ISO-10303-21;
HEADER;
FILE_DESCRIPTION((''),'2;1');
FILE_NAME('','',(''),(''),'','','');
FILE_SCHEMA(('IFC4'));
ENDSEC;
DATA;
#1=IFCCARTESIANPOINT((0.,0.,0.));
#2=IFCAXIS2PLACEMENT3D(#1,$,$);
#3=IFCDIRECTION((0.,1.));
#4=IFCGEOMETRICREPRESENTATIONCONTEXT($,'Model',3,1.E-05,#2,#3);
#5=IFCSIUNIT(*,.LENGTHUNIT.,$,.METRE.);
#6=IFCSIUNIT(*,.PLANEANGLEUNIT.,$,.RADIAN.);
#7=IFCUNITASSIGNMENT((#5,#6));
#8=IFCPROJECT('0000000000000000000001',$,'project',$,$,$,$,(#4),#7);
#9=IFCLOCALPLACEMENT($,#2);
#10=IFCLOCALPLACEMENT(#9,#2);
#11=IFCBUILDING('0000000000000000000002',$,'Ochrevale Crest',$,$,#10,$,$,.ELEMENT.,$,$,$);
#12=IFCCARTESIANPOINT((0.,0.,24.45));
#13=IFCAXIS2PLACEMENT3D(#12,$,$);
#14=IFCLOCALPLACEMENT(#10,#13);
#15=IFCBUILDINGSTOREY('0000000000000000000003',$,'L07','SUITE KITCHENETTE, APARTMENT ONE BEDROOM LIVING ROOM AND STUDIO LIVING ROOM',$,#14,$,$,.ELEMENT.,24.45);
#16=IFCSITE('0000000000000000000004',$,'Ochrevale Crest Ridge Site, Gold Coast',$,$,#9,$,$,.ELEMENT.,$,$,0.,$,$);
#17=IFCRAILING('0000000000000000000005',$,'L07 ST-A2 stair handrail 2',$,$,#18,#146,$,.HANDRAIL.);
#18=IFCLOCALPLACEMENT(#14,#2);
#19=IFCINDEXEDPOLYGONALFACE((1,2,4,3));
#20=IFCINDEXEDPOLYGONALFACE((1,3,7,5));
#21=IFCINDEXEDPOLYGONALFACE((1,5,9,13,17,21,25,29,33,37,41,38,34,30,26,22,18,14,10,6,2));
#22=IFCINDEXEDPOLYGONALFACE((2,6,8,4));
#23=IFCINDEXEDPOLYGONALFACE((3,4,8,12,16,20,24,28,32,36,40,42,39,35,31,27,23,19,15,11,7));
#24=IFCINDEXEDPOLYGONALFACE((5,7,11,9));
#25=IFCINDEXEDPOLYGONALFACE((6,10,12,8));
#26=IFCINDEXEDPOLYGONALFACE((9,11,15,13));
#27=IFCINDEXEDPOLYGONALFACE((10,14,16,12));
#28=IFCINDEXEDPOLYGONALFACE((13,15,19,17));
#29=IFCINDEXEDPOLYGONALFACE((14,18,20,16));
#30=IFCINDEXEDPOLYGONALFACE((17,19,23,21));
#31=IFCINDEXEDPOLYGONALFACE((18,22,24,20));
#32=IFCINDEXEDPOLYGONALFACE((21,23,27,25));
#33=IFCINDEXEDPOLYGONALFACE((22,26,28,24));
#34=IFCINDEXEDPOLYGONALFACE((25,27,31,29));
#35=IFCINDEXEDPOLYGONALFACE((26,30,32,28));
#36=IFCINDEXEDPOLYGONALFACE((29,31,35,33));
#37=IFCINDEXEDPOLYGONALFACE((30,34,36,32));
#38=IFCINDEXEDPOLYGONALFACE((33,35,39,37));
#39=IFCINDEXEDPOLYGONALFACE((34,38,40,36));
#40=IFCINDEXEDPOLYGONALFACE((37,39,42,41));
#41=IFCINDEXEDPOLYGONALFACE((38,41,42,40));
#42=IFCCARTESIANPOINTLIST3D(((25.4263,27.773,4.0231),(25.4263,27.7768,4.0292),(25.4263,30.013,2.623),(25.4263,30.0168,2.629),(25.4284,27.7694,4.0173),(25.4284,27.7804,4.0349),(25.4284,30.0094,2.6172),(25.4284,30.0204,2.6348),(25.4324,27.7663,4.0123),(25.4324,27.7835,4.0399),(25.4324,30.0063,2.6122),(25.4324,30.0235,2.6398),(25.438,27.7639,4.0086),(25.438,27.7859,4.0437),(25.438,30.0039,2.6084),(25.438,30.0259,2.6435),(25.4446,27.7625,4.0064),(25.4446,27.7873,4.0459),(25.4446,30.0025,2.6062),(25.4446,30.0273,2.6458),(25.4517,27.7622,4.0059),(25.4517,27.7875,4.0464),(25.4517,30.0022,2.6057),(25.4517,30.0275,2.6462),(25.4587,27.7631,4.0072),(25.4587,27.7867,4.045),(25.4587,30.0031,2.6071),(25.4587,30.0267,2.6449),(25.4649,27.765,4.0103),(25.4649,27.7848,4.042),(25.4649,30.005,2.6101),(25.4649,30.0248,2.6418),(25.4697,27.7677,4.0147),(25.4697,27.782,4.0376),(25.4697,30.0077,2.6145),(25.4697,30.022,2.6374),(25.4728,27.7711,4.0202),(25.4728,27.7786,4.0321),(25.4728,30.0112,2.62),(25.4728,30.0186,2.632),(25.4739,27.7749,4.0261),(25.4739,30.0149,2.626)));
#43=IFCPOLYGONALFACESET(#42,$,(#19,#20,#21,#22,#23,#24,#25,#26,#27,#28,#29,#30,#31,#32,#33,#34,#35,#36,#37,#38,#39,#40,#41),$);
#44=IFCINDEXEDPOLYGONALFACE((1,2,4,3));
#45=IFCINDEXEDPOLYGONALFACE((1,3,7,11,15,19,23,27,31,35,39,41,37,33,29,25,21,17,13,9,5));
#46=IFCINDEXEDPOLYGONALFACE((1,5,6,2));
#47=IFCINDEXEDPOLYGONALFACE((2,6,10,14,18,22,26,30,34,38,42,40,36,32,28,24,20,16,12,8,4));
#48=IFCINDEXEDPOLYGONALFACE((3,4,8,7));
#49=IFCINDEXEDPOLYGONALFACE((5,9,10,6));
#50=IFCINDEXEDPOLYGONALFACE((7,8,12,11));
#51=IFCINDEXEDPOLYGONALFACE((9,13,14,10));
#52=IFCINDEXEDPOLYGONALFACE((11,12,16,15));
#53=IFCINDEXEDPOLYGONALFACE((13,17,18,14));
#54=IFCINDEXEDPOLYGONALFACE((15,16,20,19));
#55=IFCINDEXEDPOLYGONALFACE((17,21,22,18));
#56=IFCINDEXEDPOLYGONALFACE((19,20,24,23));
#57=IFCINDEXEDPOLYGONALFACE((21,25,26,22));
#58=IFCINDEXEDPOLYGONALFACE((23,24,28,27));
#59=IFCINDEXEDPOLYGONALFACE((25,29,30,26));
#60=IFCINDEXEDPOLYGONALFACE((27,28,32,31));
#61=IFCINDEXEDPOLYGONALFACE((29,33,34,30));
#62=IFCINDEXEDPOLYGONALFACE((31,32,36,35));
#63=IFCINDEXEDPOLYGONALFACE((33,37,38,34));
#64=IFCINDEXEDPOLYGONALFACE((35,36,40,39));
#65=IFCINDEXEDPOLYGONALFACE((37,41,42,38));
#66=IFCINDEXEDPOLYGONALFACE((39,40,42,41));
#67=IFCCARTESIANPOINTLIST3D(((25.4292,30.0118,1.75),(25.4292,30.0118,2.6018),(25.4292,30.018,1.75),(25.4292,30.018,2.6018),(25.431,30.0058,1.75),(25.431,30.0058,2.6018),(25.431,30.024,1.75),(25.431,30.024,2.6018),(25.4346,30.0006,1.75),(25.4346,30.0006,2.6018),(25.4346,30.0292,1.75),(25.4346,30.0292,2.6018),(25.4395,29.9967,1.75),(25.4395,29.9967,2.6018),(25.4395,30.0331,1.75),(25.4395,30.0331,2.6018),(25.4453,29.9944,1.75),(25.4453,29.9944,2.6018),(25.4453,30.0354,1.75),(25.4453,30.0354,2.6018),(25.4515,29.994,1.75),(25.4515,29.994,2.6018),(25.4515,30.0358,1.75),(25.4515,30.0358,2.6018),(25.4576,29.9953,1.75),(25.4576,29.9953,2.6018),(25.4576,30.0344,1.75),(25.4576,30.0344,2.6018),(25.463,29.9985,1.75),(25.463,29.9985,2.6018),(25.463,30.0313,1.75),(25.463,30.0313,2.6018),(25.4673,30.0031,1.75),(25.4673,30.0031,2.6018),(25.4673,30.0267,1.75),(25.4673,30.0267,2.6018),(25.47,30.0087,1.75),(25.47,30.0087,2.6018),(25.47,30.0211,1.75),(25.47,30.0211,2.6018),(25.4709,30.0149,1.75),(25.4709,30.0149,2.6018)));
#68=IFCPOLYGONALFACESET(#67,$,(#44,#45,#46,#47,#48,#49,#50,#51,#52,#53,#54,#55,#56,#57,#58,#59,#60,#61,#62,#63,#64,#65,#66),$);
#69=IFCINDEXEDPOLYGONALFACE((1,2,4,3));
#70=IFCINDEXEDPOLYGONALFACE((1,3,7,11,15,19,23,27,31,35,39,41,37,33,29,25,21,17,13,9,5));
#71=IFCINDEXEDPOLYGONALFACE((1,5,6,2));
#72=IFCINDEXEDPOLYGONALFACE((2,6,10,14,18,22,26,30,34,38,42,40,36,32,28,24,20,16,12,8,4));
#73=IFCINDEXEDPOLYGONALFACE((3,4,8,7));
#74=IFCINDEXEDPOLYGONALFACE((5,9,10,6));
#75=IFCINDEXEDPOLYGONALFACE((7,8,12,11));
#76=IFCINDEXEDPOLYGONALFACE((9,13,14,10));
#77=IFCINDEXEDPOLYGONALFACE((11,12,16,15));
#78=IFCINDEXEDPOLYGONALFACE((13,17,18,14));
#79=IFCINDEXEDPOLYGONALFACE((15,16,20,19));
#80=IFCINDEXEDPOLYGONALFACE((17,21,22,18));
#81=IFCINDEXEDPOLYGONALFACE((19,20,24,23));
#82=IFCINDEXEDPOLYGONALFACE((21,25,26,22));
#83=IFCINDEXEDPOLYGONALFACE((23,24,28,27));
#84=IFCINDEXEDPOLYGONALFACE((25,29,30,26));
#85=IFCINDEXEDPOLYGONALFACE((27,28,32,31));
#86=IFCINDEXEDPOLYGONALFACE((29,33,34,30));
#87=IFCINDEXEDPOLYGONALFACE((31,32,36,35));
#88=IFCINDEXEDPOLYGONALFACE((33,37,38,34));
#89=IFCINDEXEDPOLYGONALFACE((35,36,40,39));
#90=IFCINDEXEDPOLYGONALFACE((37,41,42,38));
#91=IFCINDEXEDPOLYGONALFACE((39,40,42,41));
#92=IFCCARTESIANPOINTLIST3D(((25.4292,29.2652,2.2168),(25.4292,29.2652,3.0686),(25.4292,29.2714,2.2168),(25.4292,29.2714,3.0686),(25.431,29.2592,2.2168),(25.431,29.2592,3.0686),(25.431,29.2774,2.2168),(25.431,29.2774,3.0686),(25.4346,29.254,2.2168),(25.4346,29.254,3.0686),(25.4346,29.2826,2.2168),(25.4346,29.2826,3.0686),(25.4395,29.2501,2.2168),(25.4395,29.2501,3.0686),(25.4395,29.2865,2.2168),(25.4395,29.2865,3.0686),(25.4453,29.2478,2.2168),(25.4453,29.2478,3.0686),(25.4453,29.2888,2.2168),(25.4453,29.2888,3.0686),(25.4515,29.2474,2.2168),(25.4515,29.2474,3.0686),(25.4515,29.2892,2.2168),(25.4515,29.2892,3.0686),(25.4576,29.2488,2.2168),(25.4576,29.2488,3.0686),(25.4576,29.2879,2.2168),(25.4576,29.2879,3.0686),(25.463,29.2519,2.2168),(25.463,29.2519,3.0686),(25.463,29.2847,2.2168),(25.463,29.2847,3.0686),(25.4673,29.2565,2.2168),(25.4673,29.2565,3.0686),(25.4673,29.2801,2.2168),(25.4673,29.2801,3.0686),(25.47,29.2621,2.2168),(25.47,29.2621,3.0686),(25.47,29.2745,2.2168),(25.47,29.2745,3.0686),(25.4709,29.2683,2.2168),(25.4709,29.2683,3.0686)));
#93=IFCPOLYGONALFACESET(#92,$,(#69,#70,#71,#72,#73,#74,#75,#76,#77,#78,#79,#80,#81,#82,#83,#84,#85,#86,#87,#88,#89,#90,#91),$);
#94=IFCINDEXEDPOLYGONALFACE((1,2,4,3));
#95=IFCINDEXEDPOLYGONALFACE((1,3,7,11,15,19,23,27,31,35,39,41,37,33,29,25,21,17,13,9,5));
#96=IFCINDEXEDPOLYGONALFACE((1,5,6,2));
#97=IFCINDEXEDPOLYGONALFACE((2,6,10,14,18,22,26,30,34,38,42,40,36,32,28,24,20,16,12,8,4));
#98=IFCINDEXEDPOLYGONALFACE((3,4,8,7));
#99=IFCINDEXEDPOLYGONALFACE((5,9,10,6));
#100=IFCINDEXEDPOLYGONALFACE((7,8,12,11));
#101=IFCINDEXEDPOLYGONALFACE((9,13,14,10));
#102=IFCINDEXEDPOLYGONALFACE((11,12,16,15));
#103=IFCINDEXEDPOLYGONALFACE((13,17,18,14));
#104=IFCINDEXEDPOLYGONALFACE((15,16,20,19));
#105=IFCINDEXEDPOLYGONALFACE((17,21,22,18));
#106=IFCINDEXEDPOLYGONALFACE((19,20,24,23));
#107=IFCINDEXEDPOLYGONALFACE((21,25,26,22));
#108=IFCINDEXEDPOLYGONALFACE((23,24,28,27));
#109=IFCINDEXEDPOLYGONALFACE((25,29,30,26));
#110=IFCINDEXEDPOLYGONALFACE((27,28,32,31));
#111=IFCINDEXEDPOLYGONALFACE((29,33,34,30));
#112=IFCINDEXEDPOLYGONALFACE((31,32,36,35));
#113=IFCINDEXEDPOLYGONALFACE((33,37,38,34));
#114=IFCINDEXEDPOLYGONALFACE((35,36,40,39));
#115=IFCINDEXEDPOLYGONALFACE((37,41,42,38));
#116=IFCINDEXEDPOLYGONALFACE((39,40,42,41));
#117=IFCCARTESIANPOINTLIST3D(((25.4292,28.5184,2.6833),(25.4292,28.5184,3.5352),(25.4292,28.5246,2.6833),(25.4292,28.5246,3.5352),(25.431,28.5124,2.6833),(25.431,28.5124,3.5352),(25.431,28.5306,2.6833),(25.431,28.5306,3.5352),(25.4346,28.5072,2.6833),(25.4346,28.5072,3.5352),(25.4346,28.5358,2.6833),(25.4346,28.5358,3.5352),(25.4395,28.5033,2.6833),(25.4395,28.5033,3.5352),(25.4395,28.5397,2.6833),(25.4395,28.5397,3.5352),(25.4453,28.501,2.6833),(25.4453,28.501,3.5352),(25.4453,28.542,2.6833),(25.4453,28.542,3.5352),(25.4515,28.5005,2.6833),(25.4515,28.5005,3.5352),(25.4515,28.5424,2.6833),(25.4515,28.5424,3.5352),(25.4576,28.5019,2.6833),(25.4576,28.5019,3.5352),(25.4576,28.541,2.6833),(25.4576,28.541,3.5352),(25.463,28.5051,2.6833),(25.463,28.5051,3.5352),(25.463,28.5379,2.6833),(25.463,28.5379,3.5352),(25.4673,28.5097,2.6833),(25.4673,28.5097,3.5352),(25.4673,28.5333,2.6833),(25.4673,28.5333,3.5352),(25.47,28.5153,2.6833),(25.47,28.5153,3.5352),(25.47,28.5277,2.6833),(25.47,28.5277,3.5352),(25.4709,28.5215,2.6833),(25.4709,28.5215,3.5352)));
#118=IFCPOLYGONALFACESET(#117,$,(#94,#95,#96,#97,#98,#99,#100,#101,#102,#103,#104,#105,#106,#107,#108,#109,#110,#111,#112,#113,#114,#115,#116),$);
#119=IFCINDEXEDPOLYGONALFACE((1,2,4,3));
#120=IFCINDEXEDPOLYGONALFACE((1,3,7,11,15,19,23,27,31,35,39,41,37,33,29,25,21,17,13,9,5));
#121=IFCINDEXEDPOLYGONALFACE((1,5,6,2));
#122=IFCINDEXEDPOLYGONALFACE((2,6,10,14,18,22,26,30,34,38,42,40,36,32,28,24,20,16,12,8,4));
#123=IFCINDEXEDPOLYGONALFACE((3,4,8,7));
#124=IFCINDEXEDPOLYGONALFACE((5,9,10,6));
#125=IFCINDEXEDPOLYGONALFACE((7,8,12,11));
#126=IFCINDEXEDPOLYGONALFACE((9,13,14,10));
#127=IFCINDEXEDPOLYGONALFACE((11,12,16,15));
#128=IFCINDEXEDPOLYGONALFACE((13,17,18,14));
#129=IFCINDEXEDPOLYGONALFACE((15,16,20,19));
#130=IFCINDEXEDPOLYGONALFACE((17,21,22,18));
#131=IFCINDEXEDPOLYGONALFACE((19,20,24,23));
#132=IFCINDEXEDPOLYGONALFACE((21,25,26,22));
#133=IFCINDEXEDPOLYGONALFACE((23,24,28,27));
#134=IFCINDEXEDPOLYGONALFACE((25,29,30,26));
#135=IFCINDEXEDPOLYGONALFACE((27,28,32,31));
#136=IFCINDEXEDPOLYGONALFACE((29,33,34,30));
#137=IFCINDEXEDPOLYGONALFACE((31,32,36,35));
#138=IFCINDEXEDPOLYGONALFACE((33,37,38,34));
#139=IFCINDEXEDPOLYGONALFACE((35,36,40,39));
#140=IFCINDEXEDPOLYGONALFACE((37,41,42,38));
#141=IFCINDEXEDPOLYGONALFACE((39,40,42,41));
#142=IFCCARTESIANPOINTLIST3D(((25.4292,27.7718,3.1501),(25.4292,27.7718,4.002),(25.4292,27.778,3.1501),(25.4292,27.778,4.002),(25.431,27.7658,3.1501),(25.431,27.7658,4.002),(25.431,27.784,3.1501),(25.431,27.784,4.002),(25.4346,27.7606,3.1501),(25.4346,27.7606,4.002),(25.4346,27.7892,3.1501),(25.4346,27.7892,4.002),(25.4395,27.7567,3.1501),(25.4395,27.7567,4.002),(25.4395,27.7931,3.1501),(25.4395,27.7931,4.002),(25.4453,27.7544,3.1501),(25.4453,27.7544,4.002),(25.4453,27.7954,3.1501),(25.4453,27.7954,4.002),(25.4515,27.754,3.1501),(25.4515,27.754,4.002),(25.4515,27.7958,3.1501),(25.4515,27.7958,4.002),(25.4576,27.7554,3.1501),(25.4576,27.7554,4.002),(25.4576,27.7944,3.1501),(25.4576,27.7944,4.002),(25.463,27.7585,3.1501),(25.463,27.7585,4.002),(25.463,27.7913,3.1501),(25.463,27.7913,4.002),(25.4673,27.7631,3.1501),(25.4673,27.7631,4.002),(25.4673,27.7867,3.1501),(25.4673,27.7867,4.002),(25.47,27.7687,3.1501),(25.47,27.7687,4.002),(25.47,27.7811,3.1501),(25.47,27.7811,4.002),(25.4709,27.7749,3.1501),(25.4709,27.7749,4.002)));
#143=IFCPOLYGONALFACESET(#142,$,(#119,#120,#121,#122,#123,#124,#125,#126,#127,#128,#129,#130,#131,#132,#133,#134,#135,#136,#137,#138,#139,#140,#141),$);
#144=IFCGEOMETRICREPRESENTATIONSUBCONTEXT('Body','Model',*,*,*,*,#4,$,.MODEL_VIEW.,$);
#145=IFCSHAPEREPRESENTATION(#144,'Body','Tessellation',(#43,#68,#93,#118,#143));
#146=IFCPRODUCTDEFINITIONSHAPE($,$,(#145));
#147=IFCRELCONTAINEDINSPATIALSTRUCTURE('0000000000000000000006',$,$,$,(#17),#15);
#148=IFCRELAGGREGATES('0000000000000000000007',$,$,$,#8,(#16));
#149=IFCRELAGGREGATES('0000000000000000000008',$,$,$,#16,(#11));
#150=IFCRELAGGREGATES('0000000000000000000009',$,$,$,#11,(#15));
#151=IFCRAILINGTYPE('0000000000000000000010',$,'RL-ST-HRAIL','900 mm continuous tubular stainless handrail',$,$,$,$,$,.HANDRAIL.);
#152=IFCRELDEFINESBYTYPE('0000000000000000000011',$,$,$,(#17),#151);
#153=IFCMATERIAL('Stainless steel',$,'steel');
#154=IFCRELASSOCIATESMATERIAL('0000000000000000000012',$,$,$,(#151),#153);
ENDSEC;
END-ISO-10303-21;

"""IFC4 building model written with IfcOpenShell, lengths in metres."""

from ifc_helpers import new_model, si_unit, direction, frame, origin, origin_2d, place, context, subcontext, project, spatial, circle, extrude, material, type_object, element, save


model = new_model("IFC4")

# Units and contexts
model_context = context("Model", 3, precision=1e-05, world=origin(), true_north=direction((0.0, 1.0)))
body_context = subcontext(model_context, "Body", "Model", "MODEL_VIEW")
ifc_project = project(units=[si_unit("LENGTHUNIT", "METRE"), si_unit("PLANEANGLEUNIT", "RADIAN")], contexts=[model_context])

# Site, building, storey
site_placement = place(None, origin())
site = spatial("IfcSite", under=ifc_project, at=site_placement, Name="Ochrevale Crest Ridge Site, Gold Coast", CompositionType="ELEMENT", RefElevation=0.0)
building_placement = place(site_placement, origin())
building = spatial("IfcBuilding", under=site, at=building_placement, Name="Ochrevale Crest", CompositionType="ELEMENT")
storey_placement = place(building_placement, frame((0.0, 0.0, 24.45)))
storey = spatial("IfcBuildingStorey", under=building, at=storey_placement, Name="L07", Description="SUITE KITCHENETTE, APARTMENT ONE BEDROOM LIVING ROOM AND STUDIO LIVING ROOM", CompositionType="ELEMENT", Elevation=24.45)

# Railing
ifc_material_1 = material(Name="Stainless steel", Category="steel")
railing_type_1 = type_object("IfcRailingType", Name="RL-ST-HRAIL", Description="900 mm continuous tubular stainless handrail", PredefinedType="HANDRAIL", material=ifc_material_1)
railing_1_placement = place(storey_placement, frame((25.45, 30.0149, 1.75)))
element("IfcRailing", 1, at=railing_1_placement, inside=storey, type_object=railing_type_1, Name="L07 ST-A2 stair handrail 2", PredefinedType="HANDRAIL", context=body_context, shape_type="SweptSolid", body=[
    extrude(circle(Radius=0.0239, at=origin_2d()), frame((0.0, 0.0, 0.876), z_axis=(0.0, -0.847972, 0.53004), x_axis=(1.0, 0.0, 0.0)), (0.0, 0.0, 1.0), 2.6416),
    extrude(circle(Radius=0.021, at=origin_2d()), origin(), (0.0, 0.0, 1.0), 0.8518),
    extrude(circle(Radius=0.021, at=origin_2d()), frame((0.0, -0.7466, 0.4668)), (0.0, 0.0, 1.0), 0.8518),
    extrude(circle(Radius=0.021, at=origin_2d()), frame((0.0, -1.4934, 0.9333)), (0.0, 0.0, 1.0), 0.8518),
    extrude(circle(Radius=0.021, at=origin_2d()), frame((0.0, -2.24, 1.4001)), (0.0, 0.0, 1.0), 0.8518),
])

save(model, "model.ifc")
